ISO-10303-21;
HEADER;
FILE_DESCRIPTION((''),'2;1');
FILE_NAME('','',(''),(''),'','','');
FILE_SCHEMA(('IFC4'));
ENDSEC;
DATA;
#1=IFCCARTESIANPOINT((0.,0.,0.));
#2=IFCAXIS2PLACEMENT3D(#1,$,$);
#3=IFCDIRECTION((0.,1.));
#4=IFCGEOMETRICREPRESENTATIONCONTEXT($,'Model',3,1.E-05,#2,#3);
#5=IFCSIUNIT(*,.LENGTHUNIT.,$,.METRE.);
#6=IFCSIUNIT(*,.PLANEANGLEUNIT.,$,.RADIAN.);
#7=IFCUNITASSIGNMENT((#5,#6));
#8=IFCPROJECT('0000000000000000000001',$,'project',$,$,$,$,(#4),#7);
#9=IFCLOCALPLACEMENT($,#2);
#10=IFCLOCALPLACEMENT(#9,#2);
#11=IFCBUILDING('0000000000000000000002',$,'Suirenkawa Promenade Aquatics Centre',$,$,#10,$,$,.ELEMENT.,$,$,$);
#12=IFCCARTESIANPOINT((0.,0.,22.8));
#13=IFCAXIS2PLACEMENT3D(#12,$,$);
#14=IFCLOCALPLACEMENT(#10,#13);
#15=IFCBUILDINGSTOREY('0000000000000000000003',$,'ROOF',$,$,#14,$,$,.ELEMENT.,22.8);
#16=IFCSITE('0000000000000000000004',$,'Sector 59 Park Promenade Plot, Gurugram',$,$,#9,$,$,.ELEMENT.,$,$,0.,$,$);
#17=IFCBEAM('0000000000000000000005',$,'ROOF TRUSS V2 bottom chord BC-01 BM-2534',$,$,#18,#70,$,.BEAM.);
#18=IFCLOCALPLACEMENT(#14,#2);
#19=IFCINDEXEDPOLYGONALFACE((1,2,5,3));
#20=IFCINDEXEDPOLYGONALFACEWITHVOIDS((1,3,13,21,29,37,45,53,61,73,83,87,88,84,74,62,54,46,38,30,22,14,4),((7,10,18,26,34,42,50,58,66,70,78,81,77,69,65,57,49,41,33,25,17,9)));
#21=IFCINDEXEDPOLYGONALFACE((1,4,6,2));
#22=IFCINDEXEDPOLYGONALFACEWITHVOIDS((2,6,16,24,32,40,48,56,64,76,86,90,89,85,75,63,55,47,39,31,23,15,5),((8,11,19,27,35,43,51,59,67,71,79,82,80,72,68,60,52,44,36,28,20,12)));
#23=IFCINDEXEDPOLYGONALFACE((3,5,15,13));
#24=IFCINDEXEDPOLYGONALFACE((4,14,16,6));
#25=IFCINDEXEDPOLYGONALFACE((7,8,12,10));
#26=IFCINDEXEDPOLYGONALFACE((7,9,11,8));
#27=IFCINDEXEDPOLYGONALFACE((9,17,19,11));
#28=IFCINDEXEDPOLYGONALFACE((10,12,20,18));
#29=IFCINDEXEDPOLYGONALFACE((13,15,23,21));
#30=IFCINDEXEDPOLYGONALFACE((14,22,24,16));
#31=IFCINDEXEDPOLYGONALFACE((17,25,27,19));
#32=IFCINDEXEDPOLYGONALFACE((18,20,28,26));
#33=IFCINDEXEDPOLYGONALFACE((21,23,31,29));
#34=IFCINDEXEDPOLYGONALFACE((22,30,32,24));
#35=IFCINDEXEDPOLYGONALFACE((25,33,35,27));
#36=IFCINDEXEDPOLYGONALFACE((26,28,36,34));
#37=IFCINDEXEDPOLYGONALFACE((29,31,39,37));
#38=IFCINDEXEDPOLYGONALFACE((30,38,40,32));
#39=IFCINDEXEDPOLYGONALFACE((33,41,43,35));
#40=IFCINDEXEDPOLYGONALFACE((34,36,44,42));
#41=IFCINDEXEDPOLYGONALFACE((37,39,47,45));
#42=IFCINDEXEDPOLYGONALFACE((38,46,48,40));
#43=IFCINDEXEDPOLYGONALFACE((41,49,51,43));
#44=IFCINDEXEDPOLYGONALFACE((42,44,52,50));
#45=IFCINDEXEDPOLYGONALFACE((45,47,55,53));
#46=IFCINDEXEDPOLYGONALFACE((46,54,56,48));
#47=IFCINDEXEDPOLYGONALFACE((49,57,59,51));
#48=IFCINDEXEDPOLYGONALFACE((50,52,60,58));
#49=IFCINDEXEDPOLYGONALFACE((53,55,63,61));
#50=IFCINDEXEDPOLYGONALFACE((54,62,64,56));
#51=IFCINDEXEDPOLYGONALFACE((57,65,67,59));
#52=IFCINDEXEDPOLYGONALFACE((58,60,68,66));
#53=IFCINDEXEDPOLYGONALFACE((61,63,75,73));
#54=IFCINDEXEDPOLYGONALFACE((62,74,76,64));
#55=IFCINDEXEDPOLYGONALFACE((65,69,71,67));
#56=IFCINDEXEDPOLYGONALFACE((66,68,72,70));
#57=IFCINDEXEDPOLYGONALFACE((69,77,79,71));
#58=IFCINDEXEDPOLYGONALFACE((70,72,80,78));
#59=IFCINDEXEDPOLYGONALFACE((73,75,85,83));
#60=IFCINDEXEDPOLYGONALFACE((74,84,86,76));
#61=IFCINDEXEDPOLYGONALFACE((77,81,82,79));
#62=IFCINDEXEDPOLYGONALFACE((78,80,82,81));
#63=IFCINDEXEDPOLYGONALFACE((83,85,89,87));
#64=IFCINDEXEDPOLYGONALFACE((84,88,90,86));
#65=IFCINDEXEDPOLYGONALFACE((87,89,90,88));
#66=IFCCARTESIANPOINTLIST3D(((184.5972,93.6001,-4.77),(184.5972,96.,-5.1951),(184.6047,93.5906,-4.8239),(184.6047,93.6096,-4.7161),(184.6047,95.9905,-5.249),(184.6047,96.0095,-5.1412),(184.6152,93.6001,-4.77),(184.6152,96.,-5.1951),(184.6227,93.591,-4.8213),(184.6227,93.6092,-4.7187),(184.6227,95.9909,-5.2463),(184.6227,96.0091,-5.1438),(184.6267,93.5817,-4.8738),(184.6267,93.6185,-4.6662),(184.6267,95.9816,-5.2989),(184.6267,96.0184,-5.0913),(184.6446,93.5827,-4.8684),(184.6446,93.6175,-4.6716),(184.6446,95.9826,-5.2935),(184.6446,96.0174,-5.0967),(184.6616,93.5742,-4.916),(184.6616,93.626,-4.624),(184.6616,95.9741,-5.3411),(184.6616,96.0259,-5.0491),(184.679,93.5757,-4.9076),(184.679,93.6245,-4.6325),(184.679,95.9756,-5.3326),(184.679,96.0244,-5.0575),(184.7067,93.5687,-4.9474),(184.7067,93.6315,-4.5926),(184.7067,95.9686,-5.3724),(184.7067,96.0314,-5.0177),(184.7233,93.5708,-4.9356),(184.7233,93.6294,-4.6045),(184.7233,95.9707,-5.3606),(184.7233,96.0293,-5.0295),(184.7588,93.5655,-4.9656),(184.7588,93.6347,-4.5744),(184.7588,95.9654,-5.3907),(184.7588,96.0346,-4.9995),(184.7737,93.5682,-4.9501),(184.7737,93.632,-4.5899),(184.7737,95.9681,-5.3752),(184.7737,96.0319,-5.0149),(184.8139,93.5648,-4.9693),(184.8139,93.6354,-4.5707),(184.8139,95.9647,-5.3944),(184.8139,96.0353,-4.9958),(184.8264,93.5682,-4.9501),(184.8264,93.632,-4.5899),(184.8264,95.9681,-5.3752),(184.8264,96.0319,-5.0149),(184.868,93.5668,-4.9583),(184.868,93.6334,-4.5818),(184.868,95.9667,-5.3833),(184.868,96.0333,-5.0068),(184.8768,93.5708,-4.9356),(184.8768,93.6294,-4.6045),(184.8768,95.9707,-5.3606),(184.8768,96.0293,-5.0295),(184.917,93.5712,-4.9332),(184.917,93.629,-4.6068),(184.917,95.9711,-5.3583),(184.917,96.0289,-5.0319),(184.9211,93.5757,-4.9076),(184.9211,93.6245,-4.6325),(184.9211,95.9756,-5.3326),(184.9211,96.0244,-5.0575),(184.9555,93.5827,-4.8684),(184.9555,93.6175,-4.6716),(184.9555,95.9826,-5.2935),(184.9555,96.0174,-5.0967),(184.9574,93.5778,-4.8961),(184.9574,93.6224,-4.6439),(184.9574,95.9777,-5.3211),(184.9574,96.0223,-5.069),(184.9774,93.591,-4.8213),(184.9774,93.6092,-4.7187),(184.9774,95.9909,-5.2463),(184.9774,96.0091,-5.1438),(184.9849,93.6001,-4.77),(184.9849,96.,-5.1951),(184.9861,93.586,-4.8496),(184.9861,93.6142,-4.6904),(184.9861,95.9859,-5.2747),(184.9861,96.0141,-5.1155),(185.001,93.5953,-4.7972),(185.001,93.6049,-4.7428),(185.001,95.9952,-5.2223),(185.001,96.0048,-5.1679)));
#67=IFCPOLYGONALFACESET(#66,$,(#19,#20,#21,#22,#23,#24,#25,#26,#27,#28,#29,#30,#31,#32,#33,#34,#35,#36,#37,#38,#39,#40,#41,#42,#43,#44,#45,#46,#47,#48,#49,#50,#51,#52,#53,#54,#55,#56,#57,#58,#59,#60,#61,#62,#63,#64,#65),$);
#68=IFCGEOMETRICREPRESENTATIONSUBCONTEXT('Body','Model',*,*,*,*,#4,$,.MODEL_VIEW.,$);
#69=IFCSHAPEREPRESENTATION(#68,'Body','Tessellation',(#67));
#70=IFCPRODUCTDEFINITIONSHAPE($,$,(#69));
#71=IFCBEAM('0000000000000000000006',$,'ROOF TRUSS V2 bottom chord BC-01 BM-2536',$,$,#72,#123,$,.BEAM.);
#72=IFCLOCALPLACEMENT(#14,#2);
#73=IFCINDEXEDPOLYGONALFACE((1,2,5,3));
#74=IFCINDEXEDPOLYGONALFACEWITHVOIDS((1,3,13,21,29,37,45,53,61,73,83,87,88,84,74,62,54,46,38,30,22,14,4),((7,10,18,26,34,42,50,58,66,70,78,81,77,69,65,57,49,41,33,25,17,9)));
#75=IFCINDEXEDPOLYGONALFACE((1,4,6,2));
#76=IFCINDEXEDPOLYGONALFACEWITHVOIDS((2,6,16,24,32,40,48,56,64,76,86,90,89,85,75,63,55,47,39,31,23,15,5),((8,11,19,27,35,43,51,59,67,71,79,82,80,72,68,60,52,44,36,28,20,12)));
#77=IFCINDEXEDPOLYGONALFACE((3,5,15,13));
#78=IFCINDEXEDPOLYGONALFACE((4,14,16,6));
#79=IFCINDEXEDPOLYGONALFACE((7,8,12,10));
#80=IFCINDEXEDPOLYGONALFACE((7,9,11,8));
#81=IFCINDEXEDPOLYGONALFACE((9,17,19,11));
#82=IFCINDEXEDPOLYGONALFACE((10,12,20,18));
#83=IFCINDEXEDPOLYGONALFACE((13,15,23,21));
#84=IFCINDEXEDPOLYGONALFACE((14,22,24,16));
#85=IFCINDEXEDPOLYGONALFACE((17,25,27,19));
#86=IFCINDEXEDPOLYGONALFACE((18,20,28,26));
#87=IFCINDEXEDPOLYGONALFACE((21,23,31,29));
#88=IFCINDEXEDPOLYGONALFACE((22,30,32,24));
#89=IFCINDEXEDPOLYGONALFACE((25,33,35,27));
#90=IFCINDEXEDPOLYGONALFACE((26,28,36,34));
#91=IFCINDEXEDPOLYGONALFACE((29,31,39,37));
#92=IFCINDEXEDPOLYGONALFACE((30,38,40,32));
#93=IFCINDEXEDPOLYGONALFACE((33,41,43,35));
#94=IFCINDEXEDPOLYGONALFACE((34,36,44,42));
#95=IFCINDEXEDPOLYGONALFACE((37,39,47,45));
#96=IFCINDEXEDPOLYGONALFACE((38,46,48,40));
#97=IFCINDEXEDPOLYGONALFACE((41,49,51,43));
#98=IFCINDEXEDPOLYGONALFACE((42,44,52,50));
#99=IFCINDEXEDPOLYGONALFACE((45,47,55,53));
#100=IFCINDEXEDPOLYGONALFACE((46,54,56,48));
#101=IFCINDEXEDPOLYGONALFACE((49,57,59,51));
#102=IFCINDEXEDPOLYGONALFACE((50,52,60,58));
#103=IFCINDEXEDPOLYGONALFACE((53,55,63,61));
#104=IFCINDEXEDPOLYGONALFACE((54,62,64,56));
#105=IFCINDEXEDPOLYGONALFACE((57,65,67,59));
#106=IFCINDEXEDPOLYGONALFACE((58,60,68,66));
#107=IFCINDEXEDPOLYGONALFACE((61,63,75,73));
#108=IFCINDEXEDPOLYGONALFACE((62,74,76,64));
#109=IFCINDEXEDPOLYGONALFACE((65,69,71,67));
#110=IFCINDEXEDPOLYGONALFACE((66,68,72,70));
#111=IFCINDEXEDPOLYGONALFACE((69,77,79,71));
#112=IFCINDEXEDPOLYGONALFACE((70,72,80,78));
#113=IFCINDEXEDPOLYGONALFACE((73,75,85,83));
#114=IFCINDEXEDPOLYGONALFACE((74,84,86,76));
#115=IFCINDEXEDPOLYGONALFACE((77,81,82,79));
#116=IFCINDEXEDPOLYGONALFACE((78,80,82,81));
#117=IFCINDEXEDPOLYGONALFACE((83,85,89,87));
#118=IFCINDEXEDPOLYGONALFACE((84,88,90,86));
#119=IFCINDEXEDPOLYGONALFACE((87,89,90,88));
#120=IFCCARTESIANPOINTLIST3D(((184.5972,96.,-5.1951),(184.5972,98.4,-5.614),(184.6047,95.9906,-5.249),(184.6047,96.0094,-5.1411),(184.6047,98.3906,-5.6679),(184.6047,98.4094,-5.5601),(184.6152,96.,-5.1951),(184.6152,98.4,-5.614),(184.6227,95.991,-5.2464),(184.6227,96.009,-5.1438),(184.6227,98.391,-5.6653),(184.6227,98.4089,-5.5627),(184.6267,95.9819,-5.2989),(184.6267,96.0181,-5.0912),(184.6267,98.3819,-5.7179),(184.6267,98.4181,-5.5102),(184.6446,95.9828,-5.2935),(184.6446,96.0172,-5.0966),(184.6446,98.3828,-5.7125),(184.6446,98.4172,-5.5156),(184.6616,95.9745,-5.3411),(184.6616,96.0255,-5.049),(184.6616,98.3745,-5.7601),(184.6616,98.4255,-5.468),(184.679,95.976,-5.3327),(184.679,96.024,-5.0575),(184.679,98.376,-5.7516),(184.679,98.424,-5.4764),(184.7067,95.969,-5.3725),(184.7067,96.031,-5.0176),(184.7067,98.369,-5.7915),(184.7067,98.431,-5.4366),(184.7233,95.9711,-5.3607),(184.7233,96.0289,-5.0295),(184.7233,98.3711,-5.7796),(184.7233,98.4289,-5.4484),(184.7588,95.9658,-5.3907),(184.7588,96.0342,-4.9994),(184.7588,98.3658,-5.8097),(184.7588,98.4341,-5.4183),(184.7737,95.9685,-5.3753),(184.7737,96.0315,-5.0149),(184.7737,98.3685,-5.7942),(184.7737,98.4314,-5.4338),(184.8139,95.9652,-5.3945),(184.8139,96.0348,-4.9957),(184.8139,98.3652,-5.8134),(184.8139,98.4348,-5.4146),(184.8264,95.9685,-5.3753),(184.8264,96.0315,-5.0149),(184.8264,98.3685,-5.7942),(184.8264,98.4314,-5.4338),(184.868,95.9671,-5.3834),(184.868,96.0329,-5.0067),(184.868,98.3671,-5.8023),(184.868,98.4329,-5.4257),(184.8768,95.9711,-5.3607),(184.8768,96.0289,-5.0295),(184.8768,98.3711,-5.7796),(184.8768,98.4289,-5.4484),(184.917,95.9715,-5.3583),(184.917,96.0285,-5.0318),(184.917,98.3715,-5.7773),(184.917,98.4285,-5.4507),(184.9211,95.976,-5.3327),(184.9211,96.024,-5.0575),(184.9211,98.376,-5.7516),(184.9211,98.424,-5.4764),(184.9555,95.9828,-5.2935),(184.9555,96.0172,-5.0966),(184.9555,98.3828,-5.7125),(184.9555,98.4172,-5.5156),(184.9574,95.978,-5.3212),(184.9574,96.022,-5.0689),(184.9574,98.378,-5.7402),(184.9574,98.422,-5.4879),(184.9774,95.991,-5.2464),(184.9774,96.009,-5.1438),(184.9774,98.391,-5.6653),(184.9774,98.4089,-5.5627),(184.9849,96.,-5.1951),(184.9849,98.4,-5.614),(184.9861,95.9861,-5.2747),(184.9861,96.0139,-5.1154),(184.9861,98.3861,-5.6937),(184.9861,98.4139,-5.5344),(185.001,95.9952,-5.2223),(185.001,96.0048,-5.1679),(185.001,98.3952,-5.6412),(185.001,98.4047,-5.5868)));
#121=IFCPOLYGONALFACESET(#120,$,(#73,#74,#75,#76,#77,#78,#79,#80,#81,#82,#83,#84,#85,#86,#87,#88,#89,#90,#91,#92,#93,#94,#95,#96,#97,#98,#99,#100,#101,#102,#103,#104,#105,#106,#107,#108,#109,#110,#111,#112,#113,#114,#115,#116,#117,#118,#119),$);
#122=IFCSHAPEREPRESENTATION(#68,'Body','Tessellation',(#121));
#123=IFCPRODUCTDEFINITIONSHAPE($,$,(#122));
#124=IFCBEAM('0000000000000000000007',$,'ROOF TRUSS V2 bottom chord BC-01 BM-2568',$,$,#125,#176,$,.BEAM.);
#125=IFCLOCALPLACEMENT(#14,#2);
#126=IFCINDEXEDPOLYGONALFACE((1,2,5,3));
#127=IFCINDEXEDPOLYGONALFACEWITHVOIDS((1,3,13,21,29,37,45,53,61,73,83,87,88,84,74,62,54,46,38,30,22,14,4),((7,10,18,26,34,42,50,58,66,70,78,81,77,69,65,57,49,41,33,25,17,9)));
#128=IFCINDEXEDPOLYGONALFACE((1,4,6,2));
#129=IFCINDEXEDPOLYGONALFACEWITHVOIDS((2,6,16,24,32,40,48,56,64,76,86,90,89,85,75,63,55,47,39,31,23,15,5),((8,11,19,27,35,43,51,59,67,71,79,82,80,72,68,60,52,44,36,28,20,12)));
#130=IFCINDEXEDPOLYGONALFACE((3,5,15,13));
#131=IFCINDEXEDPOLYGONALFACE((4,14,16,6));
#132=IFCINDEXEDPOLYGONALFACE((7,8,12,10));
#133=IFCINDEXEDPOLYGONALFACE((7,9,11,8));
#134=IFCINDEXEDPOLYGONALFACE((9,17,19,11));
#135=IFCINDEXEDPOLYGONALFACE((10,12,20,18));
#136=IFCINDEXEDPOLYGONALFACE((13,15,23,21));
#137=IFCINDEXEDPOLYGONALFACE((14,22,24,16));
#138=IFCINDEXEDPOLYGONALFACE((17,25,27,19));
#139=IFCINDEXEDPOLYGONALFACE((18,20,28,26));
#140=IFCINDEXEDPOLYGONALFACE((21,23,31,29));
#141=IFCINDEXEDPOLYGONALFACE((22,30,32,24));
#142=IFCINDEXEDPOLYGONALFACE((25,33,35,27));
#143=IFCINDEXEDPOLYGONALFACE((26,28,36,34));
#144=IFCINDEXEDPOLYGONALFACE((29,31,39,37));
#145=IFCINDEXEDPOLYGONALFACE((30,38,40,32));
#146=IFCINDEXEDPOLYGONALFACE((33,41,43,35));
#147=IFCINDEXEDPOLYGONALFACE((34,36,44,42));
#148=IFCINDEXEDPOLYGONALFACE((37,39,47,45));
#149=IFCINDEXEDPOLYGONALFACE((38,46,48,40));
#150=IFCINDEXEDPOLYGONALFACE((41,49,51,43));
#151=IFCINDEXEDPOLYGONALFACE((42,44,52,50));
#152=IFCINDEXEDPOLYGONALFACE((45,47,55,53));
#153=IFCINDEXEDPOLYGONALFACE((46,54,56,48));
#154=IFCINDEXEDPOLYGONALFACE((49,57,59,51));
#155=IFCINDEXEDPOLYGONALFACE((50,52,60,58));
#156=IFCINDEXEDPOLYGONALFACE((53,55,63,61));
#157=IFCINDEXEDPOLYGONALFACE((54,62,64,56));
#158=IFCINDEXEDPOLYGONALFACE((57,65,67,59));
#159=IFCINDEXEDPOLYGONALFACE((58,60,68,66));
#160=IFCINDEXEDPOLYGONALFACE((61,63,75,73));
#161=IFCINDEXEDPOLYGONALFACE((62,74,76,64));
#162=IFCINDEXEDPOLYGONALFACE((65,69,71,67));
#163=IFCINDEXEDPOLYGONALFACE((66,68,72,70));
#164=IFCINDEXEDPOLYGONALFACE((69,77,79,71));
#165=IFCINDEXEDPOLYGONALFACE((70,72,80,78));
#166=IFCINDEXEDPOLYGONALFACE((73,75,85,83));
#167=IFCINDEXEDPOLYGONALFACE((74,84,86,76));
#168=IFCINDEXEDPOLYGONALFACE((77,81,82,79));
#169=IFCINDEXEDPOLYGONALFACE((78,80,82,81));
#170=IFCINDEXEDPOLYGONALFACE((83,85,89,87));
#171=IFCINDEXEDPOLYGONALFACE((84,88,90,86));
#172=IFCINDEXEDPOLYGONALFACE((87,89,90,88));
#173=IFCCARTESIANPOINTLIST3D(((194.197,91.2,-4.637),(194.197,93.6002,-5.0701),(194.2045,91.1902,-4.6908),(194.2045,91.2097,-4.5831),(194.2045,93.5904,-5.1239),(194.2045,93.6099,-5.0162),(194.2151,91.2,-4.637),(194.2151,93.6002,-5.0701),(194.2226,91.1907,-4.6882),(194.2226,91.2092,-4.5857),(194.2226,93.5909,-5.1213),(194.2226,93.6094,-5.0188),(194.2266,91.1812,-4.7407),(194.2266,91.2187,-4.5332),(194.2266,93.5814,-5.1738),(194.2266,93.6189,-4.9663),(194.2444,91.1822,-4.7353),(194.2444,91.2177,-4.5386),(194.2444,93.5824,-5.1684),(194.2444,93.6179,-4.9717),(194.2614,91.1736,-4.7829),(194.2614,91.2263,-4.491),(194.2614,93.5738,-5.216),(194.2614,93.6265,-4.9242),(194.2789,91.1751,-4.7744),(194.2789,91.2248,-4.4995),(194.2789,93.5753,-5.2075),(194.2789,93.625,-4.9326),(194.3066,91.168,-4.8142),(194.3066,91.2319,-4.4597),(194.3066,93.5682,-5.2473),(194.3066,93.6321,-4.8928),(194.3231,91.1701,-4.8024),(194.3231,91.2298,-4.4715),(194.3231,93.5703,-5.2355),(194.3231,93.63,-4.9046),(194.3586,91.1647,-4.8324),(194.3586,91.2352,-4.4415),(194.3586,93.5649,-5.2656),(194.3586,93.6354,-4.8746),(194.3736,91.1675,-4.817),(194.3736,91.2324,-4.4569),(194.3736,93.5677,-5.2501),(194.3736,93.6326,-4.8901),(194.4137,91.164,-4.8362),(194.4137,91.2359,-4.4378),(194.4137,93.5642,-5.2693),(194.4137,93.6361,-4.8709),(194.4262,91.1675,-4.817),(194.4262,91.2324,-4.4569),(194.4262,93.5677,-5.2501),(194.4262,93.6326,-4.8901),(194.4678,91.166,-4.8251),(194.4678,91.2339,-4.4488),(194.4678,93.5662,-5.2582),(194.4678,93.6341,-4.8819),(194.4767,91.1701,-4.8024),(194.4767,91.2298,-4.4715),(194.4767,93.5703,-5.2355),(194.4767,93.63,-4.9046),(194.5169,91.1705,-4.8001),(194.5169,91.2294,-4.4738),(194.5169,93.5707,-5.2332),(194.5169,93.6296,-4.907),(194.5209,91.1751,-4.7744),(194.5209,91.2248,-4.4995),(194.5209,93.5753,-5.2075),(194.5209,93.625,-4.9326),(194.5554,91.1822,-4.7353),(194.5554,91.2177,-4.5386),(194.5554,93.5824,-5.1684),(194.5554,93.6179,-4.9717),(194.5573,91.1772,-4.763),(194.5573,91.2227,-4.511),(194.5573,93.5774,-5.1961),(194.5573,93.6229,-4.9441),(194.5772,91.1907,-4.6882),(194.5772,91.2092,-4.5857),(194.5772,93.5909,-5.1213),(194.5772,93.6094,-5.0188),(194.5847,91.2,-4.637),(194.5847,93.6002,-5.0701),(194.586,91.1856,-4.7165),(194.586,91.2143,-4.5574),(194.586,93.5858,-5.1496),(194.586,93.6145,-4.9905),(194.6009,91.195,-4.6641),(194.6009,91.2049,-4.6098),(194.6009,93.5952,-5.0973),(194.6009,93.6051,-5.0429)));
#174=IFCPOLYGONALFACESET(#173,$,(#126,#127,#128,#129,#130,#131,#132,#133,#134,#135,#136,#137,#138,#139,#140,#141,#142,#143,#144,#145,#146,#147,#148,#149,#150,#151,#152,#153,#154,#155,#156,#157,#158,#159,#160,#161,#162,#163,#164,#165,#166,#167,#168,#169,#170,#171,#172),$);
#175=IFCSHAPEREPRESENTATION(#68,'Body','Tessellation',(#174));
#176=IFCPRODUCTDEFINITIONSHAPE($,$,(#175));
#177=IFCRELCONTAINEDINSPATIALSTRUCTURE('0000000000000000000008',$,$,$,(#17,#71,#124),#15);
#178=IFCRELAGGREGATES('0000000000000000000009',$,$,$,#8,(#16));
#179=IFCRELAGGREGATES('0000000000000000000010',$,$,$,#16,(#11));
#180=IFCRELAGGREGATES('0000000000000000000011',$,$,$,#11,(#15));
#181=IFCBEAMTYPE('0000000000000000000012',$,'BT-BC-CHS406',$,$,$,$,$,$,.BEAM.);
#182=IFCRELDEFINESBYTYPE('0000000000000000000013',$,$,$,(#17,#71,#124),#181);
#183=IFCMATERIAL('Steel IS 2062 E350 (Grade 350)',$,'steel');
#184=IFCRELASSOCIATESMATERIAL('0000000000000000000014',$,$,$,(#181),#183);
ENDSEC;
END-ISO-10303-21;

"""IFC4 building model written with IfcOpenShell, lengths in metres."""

from ifc_helpers import new_model, si_unit, direction, frame, origin, origin_2d, place, context, subcontext, project, spatial, hollow_circle, extrude, material, material_profile, profile_set, type_object, element, save


model = new_model("IFC4")

# Units and contexts
model_context = context("Model", 3, precision=1e-05, world=origin(), true_north=direction((0.0, 1.0)))
body_context = subcontext(model_context, "Body", "Model", "MODEL_VIEW")
ifc_project = project(units=[si_unit("LENGTHUNIT", "METRE"), si_unit("PLANEANGLEUNIT", "RADIAN")], contexts=[model_context])

# Site, building, storey
site_placement = place(None, origin())
site = spatial("IfcSite", under=ifc_project, at=site_placement, Name="Sector 59 Park Promenade Plot, Gurugram", CompositionType="ELEMENT", RefElevation=0.0)
building_placement = place(site_placement, origin())
building = spatial("IfcBuilding", under=site, at=building_placement, Name="Suirenkawa Promenade Aquatics Centre", CompositionType="ELEMENT")
storey_placement = place(building_placement, frame((0.0, 0.0, 22.8)))
storey = spatial("IfcBuildingStorey", under=building, at=storey_placement, Name="ROOF", CompositionType="ELEMENT", Elevation=22.8)

# Beams
ifc_material = material(Name="Steel IS 2062 E350 (Grade 350)", Category="steel")
ifc_material_profile_1 = material_profile(ifc_material, hollow_circle(Radius=0.2029, WallThickness=0.0181, at=origin_2d()), Name="CHS 406x18", Category="steel")
ifc_profile_set_1 = profile_set([ifc_material_profile_1], Name="Steel IS 2062 E350 (Grade 350)")
beam_type_1 = type_object("IfcBeamType", Name="BT-BC-CHS406", PredefinedType="BEAM", material=ifc_profile_set_1)
beam_1_placement = place(storey_placement, frame((184.8, 93.6001, -4.77), z_axis=(0.0, 0.984675, -0.174397), x_axis=(-1.0, 0.0, 0.0)))
element("IfcBeam", 1, at=beam_1_placement, inside=storey, type_object=beam_type_1, Name="ROOF TRUSS V2 bottom chord BC-01 BM-2534", PredefinedType="BEAM", context=body_context, shape_type="SweptSolid", body=[
    extrude(hollow_circle(Radius=0.2029, WallThickness=0.0181, at=origin_2d()), origin(), (0.0, 0.0, 1.0), 2.4373),
])
beam_2_placement = place(storey_placement, frame((184.8, 96.0, -5.1951), z_axis=(0.0, 0.985103, -0.171967), x_axis=(-1.0, 0.0, 0.0)))
element("IfcBeam", 2, at=beam_2_placement, inside=storey, type_object=beam_type_1, Name="ROOF TRUSS V2 bottom chord BC-01 BM-2536", PredefinedType="BEAM", context=body_context, shape_type="SweptSolid", body=[
    extrude(hollow_circle(Radius=0.2029, WallThickness=0.0181, at=origin_2d()), origin(), (0.0, 0.0, 1.0), 2.4363),
])
beam_3_placement = place(storey_placement, frame((194.3999, 91.2, -4.637), z_axis=(0.0, 0.984106, -0.177582), x_axis=(-1.0, 0.0, 0.0)))
element("IfcBeam", 3, at=beam_3_placement, inside=storey, type_object=beam_type_1, Name="ROOF TRUSS V2 bottom chord BC-01 BM-2568", PredefinedType="BEAM", context=body_context, shape_type="SweptSolid", body=[
    extrude(hollow_circle(Radius=0.2029, WallThickness=0.0181, at=origin_2d()), origin(), (0.0, 0.0, 1.0), 2.439),
])

save(model, "model.ifc")
